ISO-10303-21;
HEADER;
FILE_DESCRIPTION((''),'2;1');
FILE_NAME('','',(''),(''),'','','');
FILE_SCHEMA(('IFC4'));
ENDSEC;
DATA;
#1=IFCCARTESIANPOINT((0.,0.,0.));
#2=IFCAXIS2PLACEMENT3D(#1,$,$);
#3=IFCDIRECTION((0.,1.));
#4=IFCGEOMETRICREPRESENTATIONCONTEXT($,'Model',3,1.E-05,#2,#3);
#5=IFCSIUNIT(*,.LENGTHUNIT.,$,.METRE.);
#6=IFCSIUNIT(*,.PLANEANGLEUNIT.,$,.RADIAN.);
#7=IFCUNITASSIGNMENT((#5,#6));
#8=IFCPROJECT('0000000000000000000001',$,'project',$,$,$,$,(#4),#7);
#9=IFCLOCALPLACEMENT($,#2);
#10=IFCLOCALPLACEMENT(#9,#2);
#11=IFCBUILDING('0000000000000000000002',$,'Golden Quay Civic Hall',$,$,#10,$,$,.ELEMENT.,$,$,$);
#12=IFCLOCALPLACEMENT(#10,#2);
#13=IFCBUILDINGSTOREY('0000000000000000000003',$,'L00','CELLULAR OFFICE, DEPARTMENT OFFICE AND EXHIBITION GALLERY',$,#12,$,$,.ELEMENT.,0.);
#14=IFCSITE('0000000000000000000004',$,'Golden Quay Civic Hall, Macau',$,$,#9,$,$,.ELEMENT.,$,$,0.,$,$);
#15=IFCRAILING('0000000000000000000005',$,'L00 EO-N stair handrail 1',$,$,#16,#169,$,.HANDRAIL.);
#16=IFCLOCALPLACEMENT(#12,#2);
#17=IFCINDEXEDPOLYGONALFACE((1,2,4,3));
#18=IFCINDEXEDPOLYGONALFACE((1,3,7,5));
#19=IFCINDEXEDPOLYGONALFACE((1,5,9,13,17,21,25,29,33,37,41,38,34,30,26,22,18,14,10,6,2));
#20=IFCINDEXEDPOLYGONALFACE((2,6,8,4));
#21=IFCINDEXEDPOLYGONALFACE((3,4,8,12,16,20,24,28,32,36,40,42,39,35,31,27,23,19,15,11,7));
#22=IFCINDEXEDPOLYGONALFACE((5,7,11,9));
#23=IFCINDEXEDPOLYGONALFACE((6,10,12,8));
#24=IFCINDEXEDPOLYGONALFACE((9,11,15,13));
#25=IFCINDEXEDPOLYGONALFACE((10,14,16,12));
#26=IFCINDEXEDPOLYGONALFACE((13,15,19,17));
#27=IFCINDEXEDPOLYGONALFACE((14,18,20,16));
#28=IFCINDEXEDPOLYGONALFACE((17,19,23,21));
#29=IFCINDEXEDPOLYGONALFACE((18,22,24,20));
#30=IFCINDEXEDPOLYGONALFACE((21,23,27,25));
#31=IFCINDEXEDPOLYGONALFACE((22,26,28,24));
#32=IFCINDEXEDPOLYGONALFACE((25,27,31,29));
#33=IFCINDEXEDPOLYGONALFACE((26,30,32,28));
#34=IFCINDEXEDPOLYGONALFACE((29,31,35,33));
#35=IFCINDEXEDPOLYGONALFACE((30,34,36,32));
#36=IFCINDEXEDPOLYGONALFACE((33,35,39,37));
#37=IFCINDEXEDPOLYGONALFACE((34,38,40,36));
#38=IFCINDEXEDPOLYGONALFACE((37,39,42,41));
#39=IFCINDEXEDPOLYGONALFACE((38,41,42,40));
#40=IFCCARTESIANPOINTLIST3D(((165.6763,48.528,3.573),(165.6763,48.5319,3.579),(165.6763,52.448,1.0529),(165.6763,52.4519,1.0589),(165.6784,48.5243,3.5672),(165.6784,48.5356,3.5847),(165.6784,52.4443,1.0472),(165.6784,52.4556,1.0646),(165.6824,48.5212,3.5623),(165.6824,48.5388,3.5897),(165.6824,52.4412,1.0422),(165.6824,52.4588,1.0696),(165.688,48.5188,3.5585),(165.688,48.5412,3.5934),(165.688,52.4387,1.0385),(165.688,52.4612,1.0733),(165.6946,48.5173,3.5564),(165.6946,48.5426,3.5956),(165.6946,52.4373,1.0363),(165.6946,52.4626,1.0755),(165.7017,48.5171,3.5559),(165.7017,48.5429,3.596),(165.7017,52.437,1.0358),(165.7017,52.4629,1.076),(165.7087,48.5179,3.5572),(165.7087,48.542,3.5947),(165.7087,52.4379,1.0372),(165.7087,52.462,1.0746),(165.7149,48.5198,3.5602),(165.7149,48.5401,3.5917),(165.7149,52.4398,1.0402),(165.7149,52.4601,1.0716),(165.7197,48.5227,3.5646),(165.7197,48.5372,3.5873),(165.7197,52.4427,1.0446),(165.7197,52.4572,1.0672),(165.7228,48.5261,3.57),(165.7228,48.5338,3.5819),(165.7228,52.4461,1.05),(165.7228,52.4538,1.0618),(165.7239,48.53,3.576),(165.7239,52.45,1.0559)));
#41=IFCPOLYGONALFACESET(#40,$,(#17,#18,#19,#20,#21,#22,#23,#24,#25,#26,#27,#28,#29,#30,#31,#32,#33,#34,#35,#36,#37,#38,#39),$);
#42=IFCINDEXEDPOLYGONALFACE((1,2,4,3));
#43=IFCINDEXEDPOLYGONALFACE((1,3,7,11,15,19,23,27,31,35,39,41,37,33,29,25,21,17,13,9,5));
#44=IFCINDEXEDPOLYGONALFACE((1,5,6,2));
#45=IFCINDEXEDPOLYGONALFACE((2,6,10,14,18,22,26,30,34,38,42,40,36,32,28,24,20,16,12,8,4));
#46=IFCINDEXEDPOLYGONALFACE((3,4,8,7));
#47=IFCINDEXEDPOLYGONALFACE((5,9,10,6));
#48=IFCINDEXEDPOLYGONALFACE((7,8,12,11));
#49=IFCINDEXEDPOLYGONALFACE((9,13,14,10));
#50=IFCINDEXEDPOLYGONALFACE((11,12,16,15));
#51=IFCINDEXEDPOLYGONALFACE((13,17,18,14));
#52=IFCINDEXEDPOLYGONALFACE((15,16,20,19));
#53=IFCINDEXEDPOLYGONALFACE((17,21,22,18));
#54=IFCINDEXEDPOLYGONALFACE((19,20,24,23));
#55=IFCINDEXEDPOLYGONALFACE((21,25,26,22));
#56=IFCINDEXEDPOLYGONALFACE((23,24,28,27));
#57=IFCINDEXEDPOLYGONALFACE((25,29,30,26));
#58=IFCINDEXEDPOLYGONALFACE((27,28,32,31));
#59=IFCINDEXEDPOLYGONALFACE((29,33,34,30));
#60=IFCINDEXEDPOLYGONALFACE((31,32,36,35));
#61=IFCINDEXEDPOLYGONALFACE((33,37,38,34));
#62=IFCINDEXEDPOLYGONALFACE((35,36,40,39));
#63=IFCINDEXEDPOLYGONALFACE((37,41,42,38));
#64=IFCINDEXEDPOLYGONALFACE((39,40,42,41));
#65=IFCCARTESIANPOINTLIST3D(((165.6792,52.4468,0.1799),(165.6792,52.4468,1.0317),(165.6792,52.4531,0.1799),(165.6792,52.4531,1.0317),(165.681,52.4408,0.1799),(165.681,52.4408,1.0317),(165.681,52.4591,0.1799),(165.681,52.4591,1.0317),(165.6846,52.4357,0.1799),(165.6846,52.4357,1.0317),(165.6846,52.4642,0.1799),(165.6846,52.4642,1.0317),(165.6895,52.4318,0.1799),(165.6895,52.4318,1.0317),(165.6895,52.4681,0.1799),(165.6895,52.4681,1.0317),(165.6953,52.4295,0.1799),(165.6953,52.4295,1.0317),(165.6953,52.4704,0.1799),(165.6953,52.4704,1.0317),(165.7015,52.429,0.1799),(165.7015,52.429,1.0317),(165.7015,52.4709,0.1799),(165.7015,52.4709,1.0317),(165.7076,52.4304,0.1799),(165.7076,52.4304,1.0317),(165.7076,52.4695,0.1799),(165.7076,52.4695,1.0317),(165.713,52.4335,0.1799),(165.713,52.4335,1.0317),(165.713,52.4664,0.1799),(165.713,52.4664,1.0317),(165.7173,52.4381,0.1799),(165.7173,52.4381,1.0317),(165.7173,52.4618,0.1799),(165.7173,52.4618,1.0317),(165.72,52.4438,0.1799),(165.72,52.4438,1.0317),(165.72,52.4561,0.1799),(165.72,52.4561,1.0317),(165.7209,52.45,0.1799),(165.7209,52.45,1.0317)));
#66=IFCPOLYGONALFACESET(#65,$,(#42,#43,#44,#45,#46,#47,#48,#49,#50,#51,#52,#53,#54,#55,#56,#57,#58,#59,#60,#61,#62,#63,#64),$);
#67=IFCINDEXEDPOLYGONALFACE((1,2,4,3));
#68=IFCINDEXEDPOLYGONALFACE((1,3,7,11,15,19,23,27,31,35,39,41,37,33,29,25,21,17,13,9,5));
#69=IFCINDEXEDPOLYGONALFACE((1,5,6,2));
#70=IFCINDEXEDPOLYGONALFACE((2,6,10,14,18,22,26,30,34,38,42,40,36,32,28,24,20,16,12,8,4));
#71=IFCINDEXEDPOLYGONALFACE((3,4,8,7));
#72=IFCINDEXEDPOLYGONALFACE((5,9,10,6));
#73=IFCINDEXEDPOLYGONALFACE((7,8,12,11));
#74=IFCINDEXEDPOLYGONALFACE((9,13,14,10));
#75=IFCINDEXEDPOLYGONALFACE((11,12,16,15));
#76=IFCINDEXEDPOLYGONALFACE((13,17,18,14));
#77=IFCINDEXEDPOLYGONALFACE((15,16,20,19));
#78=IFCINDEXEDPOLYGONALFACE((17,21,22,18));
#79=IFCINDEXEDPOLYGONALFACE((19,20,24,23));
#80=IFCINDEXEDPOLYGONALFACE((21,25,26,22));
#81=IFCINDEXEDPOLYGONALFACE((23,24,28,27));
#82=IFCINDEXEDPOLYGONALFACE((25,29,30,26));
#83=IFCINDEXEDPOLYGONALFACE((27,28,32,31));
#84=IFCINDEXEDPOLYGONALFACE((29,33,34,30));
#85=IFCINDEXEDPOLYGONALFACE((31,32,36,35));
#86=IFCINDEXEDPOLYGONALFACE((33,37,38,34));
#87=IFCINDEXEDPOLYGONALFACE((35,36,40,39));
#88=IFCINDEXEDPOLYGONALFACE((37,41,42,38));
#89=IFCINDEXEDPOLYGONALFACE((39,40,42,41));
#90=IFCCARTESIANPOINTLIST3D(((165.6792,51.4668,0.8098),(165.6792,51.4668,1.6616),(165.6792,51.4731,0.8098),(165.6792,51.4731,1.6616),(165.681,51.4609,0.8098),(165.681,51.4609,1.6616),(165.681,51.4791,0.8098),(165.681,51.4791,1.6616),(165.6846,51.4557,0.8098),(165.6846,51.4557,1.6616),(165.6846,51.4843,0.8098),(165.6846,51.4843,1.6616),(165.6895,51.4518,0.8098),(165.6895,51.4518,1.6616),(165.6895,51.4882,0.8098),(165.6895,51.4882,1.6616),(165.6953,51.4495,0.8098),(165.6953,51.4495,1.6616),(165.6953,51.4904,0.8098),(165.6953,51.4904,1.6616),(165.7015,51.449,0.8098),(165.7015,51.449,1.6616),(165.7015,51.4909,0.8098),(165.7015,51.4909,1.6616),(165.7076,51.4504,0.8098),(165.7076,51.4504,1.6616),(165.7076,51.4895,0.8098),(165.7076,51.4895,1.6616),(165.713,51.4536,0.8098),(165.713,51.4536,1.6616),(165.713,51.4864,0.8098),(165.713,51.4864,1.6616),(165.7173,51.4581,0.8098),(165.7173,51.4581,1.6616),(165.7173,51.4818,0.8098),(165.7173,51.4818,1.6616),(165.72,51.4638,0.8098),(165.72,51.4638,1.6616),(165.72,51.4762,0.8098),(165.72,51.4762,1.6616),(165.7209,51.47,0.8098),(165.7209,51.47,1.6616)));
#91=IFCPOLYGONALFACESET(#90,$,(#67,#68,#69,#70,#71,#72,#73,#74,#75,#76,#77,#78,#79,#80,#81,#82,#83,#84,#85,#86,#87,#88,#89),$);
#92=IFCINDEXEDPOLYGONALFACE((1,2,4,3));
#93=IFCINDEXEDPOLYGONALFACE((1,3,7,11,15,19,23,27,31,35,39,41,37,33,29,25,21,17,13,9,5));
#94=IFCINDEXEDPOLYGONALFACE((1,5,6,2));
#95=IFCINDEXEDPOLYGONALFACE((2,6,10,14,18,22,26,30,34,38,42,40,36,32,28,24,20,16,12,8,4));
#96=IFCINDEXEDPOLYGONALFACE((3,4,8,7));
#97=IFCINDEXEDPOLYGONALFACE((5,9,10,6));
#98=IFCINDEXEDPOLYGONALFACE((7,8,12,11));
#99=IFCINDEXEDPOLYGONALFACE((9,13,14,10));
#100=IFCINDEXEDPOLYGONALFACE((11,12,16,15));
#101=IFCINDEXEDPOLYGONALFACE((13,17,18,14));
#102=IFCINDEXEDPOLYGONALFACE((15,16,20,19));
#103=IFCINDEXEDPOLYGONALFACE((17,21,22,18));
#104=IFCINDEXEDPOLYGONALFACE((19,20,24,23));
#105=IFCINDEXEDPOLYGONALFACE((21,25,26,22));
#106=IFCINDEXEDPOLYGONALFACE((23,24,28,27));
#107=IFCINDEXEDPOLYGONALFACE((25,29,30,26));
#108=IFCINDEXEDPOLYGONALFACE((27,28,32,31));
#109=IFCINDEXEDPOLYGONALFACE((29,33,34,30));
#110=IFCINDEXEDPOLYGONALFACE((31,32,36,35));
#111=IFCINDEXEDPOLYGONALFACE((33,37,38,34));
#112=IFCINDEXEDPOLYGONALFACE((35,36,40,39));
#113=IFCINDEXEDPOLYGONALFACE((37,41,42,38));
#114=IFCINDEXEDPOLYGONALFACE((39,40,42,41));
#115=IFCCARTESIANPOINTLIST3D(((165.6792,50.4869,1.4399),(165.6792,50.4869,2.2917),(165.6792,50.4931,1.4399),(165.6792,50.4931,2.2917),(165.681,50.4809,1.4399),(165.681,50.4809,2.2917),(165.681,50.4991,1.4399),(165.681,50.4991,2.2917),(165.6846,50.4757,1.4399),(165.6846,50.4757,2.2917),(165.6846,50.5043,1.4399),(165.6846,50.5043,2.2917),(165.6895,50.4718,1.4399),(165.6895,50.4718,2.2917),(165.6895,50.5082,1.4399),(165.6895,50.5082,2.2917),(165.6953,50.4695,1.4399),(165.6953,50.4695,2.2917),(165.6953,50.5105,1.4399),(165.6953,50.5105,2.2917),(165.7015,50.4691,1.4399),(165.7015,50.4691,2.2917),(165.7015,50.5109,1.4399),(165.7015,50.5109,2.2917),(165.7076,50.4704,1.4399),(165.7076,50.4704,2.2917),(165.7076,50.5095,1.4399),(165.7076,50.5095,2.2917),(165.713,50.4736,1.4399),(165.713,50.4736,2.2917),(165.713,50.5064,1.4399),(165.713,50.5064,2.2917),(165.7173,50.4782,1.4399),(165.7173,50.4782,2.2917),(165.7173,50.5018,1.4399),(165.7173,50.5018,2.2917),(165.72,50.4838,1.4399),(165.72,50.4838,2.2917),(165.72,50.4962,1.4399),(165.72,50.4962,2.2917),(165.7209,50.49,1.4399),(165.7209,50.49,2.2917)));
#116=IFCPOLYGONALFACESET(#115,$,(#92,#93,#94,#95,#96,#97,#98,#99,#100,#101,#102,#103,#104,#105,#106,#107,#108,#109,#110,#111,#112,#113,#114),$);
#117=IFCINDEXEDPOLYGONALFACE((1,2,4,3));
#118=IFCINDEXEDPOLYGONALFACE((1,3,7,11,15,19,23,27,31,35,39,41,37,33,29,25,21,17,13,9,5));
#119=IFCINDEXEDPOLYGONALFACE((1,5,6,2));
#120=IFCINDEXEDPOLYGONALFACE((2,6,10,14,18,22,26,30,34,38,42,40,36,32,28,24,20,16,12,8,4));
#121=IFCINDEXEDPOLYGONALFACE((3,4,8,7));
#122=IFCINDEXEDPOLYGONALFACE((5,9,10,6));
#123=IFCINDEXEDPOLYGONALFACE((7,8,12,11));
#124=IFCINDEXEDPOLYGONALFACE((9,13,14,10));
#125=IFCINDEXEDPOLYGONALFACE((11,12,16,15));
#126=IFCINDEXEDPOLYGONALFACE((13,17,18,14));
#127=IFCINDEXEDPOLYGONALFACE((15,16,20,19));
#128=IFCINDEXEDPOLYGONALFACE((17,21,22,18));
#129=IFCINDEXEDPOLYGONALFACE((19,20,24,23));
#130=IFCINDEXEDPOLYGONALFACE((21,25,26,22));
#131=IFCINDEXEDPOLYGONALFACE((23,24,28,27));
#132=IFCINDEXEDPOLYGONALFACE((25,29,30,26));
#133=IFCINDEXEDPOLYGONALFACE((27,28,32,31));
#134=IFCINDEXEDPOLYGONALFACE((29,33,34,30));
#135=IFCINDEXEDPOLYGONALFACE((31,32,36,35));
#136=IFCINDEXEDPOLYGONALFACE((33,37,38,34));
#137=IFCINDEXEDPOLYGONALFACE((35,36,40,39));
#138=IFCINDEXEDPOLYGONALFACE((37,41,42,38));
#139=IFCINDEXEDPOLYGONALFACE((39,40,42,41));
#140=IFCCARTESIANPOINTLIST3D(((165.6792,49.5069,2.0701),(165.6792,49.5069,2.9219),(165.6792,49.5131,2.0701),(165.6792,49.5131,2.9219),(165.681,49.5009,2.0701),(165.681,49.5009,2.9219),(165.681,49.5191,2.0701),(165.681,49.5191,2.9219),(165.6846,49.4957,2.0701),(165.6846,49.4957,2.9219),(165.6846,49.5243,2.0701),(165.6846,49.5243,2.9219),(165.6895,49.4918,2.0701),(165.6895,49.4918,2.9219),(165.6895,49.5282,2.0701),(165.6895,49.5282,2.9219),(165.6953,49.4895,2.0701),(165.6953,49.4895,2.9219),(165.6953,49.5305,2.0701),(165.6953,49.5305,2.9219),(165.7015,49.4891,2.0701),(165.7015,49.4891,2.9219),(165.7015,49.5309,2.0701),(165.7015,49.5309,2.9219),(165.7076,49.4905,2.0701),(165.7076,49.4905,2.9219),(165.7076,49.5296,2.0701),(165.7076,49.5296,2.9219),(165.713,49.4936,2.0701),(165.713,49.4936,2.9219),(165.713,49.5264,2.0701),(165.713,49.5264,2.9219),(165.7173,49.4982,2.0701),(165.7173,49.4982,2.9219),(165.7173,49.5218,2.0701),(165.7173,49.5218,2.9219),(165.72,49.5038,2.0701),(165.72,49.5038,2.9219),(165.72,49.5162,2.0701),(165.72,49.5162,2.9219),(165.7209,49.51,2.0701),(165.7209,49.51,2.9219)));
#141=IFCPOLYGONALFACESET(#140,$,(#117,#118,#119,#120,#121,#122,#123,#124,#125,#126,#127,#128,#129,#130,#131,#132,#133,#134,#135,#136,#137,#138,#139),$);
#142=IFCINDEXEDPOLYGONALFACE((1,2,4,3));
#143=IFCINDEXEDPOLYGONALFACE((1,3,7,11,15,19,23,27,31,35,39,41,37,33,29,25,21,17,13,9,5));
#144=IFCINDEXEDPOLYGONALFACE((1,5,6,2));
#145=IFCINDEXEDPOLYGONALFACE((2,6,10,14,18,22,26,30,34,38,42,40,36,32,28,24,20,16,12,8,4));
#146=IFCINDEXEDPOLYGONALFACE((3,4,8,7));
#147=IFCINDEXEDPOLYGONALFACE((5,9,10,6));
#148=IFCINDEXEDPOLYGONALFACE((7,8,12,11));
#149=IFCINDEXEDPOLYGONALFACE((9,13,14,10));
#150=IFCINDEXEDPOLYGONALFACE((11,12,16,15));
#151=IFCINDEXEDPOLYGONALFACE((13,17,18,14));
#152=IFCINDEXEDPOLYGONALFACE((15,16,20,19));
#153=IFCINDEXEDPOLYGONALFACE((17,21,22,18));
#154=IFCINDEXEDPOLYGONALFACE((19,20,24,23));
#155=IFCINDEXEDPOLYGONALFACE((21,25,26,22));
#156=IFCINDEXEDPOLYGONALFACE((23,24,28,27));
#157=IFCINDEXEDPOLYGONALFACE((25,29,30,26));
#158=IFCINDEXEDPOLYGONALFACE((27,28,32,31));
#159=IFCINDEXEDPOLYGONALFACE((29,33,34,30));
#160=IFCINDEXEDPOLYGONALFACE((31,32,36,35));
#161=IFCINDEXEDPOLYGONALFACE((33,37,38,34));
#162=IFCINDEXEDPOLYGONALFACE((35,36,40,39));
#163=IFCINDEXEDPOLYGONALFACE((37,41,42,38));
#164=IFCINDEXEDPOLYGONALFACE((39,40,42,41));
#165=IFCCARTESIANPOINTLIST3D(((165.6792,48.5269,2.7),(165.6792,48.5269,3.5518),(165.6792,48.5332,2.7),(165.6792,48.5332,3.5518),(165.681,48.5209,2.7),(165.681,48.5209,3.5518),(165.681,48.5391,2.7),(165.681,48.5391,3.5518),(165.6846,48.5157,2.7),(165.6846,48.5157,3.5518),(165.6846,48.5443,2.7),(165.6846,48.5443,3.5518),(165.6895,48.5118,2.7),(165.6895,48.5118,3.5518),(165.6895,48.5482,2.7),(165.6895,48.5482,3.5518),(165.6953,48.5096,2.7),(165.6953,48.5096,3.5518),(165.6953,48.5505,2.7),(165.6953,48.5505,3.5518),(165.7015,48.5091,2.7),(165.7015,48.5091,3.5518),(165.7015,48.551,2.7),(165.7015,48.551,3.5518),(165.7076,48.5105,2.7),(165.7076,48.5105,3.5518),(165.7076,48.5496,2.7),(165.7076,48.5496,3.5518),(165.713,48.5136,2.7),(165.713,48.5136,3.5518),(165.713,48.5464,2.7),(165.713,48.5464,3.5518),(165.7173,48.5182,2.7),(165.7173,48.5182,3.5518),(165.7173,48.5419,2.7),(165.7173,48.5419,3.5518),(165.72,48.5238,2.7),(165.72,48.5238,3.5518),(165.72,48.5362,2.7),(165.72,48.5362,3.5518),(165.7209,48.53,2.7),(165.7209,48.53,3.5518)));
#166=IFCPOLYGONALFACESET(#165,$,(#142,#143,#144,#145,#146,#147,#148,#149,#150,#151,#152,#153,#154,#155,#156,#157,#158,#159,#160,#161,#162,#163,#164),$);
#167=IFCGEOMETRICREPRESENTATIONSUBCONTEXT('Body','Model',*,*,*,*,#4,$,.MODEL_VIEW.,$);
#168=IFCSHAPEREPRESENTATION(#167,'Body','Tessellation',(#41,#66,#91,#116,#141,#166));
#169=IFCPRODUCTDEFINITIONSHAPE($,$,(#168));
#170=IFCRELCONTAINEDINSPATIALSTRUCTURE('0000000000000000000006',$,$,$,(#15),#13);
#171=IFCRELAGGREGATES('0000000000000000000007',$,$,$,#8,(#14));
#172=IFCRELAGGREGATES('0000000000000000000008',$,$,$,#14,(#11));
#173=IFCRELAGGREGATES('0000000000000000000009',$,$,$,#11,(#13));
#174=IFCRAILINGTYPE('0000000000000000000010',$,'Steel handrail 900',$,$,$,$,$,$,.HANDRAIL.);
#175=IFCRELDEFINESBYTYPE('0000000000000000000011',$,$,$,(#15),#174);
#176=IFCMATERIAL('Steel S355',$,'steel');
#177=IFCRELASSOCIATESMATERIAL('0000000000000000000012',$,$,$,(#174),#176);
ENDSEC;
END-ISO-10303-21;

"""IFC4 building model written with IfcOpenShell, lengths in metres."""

from ifc_helpers import new_model, si_unit, direction, frame, origin, origin_2d, place, context, subcontext, project, spatial, circle, extrude, material, type_object, element, save


model = new_model("IFC4")

# Units and contexts
model_context = context("Model", 3, precision=1e-05, world=origin(), true_north=direction((0.0, 1.0)))
body_context = subcontext(model_context, "Body", "Model", "MODEL_VIEW")
ifc_project = project(units=[si_unit("LENGTHUNIT", "METRE"), si_unit("PLANEANGLEUNIT", "RADIAN")], contexts=[model_context])

# Site, building, storey
site_placement = place(None, origin())
site = spatial("IfcSite", under=ifc_project, at=site_placement, Name="Golden Quay Civic Hall, Macau", CompositionType="ELEMENT", RefElevation=0.0)
building_placement = place(site_placement, origin())
building = spatial("IfcBuilding", under=site, at=building_placement, Name="Golden Quay Civic Hall", CompositionType="ELEMENT")
storey_placement = place(building_placement, origin())
storey = spatial("IfcBuildingStorey", under=building, at=storey_placement, Name="L00", Description="CELLULAR OFFICE, DEPARTMENT OFFICE AND EXHIBITION GALLERY", CompositionType="ELEMENT", Elevation=0.0)

# Railing
ifc_material_1 = material(Name="Steel S355", Category="steel")
railing_type_1 = type_object("IfcRailingType", Name="Steel handrail 900", PredefinedType="HANDRAIL", material=ifc_material_1)
railing_1_placement = place(storey_placement, frame((165.7, 52.45, 0.1799)))
element("IfcRailing", 1, at=railing_1_placement, inside=storey, type_object=railing_type_1, Name="L00 EO-N stair handrail 1", PredefinedType="HANDRAIL", context=body_context, shape_type="SweptSolid", body=[
    extrude(circle(Radius=0.0239, at=origin_2d()), frame((0.0, 0.0, 0.876), z_axis=(0.0, -0.841172, 0.540768), x_axis=(1.0, 0.0, 0.0)), (0.0, 0.0, 1.0), 4.6602),
    extrude(circle(Radius=0.021, at=origin_2d()), origin(), (0.0, 0.0, 1.0), 0.8518),
    extrude(circle(Radius=0.021, at=origin_2d()), frame((0.0, -0.98, 0.6299)), (0.0, 0.0, 1.0), 0.8518),
    extrude(circle(Radius=0.021, at=origin_2d()), frame((0.0, -1.96, 1.26)), (0.0, 0.0, 1.0), 0.8518),
    extrude(circle(Radius=0.021, at=origin_2d()), frame((0.0, -2.9399, 1.8901)), (0.0, 0.0, 1.0), 0.8518),
    extrude(circle(Radius=0.021, at=origin_2d()), frame((0.0, -3.9199, 2.52)), (0.0, 0.0, 1.0), 0.8518),
])

save(model, "model.ifc")
